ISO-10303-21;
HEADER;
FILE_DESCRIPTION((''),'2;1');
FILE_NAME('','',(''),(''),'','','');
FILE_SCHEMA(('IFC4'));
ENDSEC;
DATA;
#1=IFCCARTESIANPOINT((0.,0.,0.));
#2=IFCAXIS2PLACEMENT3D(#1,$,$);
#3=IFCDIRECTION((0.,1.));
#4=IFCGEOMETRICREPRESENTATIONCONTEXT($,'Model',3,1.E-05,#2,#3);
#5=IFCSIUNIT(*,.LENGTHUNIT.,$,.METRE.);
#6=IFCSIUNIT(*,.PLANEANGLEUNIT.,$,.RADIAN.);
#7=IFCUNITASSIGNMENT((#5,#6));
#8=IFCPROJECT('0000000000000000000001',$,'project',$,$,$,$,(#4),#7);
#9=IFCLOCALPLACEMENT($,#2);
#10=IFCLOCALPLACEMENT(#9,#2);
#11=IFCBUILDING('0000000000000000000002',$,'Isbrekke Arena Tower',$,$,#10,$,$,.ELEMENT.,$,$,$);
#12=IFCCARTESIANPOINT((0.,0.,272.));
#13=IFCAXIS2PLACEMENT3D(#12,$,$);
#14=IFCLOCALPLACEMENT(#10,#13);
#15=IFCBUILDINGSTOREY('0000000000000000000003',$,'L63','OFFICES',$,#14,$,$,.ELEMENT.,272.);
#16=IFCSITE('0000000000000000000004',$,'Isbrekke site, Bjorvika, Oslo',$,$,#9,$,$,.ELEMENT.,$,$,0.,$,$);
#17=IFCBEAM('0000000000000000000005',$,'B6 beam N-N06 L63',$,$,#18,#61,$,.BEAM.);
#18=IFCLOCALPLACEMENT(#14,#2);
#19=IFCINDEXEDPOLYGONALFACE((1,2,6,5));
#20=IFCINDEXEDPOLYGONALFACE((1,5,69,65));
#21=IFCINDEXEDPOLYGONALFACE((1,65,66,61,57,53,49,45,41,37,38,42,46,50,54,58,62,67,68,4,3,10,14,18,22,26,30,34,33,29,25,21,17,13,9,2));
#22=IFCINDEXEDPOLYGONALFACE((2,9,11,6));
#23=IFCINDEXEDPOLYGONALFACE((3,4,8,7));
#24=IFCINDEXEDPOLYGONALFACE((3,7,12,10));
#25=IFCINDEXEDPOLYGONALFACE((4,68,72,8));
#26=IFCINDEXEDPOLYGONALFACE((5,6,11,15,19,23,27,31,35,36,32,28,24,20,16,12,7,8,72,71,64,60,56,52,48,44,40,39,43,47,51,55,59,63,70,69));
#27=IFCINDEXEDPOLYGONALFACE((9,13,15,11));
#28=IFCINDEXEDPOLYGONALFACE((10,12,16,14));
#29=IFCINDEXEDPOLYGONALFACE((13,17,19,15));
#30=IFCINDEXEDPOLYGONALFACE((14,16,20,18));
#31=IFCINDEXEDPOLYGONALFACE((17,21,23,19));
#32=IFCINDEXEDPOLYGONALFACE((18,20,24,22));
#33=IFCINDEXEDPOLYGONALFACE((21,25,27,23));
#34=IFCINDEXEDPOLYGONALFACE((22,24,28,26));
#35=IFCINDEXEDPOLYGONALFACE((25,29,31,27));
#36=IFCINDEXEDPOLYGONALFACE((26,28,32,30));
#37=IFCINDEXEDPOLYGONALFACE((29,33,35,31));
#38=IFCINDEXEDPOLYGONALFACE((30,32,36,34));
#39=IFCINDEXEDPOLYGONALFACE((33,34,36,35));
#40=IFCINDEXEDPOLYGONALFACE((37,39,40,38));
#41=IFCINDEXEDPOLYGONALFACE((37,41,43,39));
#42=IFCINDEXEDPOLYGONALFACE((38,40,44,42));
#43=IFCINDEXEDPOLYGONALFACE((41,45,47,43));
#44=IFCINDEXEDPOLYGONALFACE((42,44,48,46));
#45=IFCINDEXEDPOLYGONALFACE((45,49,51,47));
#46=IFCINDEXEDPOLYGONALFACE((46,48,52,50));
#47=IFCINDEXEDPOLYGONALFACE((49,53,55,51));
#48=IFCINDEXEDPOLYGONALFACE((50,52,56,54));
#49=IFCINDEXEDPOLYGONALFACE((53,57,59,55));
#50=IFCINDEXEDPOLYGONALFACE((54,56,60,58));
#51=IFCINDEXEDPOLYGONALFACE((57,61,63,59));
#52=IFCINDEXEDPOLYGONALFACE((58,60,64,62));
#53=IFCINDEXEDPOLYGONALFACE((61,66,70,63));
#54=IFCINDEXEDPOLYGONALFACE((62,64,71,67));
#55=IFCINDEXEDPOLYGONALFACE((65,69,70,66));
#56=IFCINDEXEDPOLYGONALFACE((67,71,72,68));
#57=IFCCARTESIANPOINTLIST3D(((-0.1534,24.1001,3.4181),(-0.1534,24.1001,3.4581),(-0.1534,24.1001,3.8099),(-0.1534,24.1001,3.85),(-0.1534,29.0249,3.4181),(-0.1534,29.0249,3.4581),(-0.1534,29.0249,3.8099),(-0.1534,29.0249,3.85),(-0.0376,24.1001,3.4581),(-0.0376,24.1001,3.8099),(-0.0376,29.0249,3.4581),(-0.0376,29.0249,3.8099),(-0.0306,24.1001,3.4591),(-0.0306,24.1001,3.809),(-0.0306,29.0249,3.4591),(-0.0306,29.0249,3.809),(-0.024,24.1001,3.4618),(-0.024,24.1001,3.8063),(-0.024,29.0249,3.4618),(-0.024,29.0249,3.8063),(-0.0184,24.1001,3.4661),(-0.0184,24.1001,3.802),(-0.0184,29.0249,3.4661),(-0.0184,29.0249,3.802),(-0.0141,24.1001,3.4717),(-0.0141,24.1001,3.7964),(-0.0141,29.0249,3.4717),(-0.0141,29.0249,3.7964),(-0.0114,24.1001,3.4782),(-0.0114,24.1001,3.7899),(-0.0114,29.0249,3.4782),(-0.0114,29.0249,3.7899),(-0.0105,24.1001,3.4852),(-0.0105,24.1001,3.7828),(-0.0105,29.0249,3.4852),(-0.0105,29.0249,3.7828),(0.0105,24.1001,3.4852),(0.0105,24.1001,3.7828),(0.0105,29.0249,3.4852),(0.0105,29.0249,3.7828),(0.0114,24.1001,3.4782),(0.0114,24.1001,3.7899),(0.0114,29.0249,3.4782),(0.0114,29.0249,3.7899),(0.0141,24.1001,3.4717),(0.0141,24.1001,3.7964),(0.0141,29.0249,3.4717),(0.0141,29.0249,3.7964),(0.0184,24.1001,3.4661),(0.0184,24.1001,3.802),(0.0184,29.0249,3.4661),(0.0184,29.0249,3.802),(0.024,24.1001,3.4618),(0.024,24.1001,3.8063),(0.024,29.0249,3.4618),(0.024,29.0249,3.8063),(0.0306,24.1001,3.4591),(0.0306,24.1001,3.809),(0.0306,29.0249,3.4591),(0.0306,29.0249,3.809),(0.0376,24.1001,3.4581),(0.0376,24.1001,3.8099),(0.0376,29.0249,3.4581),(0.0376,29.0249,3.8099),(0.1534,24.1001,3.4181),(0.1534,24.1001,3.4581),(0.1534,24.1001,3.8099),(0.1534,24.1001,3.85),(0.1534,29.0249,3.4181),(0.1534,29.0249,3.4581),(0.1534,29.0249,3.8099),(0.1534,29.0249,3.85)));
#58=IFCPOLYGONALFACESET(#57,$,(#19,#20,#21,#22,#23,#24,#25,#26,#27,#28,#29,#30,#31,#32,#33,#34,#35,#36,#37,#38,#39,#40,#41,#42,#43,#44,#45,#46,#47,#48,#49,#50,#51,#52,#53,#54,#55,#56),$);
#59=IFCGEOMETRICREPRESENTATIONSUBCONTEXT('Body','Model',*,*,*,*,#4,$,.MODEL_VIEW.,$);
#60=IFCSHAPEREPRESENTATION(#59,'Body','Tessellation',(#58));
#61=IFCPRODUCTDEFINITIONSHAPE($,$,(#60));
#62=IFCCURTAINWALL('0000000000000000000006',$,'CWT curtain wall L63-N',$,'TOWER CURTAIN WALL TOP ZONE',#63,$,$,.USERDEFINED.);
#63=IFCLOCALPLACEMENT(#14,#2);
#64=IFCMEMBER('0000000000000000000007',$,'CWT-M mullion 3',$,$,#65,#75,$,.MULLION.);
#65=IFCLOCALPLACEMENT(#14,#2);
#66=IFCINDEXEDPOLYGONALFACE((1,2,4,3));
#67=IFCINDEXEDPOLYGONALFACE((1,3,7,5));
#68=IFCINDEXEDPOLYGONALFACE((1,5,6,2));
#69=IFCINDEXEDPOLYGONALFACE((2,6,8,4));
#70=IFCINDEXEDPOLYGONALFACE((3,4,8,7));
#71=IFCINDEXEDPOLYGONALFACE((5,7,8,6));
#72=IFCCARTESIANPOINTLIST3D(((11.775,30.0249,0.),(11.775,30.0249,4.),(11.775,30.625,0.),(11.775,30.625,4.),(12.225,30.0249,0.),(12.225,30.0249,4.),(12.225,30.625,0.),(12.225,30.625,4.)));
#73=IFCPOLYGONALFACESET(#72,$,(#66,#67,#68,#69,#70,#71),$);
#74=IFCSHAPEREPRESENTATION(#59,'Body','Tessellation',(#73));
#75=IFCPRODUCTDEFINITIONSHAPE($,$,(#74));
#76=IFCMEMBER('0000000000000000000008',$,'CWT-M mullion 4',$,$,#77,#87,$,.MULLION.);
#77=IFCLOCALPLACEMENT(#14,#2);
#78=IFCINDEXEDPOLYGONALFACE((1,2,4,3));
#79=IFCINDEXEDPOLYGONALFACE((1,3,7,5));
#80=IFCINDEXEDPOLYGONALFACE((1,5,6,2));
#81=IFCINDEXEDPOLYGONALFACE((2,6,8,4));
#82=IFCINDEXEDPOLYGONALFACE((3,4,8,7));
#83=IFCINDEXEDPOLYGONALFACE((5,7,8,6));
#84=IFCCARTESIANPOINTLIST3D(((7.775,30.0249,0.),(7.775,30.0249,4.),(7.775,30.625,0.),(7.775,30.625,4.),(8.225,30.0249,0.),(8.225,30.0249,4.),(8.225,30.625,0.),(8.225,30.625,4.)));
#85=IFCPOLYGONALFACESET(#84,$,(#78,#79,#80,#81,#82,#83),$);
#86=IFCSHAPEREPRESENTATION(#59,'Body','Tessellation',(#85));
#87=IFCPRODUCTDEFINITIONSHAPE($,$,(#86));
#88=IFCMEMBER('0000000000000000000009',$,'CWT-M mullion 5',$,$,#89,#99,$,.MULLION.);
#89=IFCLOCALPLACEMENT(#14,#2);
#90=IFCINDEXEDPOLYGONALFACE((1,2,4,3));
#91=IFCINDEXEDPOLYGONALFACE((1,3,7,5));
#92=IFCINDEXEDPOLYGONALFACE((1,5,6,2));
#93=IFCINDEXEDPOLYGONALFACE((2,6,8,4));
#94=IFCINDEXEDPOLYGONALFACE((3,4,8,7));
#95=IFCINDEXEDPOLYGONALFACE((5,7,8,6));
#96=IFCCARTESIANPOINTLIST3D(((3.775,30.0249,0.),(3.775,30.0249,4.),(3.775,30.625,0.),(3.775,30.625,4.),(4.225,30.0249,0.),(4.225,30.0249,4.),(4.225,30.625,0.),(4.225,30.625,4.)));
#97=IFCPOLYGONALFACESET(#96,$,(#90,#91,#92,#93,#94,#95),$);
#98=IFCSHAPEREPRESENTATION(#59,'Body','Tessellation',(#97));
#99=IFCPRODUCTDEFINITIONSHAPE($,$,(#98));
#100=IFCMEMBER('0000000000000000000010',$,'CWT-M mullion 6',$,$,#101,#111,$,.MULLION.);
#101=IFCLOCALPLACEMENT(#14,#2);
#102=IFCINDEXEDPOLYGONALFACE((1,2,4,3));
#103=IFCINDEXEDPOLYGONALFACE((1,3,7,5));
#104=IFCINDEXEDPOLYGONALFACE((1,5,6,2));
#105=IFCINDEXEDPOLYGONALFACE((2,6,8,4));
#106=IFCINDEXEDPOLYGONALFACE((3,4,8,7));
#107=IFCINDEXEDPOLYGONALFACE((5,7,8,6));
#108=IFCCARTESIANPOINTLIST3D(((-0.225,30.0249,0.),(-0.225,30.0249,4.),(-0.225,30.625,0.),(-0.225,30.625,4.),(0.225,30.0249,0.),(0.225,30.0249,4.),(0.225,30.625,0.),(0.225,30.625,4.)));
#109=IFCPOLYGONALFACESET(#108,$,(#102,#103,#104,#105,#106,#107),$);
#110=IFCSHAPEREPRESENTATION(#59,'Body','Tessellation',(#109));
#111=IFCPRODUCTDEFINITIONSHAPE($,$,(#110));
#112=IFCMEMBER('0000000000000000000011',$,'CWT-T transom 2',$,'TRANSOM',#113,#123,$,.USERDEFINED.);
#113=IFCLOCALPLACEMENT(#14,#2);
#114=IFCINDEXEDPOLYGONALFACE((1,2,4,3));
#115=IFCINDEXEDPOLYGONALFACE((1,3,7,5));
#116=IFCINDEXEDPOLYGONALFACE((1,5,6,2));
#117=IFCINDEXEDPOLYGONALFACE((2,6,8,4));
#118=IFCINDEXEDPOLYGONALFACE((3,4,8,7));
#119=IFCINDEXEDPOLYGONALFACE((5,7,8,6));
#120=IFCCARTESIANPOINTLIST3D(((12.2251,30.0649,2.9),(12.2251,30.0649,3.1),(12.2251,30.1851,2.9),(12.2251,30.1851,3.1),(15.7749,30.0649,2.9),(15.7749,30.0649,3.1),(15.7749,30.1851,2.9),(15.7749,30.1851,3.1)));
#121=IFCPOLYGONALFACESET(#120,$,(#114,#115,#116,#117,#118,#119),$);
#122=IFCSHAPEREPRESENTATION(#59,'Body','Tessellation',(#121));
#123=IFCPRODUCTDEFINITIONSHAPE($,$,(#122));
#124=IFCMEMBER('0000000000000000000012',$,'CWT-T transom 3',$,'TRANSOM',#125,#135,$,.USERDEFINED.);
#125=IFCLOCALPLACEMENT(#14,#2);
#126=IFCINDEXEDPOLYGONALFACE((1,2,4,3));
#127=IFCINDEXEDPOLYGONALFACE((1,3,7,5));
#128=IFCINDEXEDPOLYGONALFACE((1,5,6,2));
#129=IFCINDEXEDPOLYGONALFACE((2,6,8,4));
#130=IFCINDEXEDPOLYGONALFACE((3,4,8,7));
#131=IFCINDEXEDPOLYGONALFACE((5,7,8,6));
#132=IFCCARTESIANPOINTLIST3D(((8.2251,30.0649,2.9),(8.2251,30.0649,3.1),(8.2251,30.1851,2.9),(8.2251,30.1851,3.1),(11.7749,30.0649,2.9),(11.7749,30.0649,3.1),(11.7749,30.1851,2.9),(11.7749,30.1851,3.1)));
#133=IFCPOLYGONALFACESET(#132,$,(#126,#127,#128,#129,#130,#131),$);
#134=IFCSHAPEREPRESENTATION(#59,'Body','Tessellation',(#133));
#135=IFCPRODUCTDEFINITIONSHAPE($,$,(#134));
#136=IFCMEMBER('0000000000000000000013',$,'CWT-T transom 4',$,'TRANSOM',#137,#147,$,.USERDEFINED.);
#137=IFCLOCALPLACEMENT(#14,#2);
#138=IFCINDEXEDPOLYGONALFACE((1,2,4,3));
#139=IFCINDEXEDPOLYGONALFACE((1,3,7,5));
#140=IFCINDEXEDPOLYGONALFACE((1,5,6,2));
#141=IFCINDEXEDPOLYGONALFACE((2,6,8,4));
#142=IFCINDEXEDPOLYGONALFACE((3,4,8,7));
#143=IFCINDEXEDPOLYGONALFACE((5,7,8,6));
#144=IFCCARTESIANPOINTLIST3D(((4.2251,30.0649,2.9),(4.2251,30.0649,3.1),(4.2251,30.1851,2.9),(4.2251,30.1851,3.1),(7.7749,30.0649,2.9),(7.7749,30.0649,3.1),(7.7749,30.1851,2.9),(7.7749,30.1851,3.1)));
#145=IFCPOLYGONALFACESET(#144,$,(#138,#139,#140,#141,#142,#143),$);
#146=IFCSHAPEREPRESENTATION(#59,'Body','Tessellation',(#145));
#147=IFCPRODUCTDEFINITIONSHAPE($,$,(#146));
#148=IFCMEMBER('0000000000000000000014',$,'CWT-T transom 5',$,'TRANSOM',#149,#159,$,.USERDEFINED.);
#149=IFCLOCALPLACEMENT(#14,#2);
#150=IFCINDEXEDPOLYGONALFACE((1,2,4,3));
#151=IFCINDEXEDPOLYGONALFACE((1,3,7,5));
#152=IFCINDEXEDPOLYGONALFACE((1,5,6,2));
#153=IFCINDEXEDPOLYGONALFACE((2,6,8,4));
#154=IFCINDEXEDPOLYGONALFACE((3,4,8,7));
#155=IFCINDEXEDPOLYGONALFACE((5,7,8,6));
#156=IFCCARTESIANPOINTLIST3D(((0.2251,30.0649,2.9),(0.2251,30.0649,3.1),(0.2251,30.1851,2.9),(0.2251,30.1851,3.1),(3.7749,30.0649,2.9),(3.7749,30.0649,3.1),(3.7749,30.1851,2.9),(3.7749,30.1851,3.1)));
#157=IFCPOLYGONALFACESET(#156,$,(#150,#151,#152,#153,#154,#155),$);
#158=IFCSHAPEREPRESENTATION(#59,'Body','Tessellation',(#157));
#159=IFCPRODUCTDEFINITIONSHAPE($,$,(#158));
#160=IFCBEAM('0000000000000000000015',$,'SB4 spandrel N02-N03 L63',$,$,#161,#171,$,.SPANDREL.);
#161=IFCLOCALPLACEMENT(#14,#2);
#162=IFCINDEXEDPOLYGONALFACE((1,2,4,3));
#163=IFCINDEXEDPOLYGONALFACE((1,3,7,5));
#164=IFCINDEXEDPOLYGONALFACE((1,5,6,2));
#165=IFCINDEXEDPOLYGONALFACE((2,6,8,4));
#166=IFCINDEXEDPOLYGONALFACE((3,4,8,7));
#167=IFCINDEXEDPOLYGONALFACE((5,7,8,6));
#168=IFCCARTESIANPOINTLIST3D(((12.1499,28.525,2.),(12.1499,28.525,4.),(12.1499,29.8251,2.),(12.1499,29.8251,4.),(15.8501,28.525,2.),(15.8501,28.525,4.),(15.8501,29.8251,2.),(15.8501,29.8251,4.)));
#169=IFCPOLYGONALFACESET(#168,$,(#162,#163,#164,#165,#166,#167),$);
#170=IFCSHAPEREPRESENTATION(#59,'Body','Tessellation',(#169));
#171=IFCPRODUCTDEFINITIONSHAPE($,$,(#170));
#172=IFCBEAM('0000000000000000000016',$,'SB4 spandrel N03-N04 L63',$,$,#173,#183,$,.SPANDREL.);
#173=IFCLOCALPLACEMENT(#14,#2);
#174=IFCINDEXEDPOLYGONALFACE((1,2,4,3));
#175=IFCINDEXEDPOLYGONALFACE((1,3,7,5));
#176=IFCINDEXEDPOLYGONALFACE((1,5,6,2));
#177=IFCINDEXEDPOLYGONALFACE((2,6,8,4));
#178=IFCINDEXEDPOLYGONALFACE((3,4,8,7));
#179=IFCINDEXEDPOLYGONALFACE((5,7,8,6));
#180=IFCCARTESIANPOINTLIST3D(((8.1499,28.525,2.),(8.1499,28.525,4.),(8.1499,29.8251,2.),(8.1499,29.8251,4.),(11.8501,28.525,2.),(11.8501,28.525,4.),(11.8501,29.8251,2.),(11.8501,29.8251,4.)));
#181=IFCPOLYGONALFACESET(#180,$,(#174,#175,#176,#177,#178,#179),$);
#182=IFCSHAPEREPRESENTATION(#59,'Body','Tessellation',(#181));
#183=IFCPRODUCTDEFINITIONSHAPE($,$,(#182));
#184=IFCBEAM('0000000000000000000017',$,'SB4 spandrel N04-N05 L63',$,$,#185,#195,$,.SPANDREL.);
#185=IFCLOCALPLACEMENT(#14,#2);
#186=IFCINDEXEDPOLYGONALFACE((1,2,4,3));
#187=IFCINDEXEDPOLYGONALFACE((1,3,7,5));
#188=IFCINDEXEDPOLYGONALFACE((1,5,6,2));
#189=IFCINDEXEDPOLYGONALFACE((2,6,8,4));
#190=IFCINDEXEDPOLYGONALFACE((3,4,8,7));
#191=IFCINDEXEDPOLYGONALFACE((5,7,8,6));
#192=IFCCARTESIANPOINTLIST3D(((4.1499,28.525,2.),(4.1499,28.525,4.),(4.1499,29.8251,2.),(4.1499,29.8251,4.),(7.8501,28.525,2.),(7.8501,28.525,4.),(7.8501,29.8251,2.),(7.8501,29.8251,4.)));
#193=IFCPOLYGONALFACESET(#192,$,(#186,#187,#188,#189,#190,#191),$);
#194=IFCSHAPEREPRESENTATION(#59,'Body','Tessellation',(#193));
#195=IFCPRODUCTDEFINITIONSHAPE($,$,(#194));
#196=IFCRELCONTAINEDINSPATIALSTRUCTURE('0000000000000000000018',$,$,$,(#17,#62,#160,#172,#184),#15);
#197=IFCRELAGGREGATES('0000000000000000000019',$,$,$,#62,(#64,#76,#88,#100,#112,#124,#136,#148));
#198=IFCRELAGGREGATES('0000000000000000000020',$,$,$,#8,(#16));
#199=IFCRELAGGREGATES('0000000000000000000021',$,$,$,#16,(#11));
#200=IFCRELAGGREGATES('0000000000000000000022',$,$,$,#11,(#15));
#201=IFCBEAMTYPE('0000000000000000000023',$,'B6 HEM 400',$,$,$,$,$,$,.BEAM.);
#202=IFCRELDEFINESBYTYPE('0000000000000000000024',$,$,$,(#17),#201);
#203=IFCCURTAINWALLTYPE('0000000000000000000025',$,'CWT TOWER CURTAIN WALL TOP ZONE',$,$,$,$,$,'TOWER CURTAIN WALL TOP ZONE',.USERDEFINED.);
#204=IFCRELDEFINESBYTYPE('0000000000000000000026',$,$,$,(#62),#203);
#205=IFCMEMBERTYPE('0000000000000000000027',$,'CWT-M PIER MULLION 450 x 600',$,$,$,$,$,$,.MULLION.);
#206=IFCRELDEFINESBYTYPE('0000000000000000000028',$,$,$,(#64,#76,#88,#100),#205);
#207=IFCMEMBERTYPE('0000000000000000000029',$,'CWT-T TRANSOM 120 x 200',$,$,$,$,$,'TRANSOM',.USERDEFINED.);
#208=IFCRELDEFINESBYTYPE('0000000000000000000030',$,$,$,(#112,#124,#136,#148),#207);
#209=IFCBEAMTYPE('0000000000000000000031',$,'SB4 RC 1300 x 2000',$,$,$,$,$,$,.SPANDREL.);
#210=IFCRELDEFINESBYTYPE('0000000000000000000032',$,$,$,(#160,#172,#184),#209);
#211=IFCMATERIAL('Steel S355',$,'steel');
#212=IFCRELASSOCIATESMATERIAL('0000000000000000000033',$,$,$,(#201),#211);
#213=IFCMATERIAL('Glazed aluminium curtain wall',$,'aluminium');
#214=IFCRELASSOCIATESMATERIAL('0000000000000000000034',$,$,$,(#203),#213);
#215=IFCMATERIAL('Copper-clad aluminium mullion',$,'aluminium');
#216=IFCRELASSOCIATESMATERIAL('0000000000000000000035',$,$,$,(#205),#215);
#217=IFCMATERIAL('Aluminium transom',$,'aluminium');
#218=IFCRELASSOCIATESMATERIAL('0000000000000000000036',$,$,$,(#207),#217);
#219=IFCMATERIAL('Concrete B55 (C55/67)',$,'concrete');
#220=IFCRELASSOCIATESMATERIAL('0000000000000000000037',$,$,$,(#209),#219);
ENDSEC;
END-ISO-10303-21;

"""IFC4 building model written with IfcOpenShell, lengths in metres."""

from ifc_helpers import new_model, si_unit, direction, frame, origin, origin_2d, place, context, subcontext, project, spatial, rectangle, i_section, extrude, material, material_profile, profile_set, type_object, element, aggregate, save


model = new_model("IFC4")

# Units and contexts
model_context = context("Model", 3, precision=1e-05, world=origin(), true_north=direction((0.0, 1.0)))
body_context = subcontext(model_context, "Body", "Model", "MODEL_VIEW")
ifc_project = project(units=[si_unit("LENGTHUNIT", "METRE"), si_unit("PLANEANGLEUNIT", "RADIAN")], contexts=[model_context])

# Site, building, storey
site_placement = place(None, origin())
site = spatial("IfcSite", under=ifc_project, at=site_placement, Name="Isbrekke site, Bjorvika, Oslo", CompositionType="ELEMENT", RefElevation=0.0)
building_placement = place(site_placement, origin())
building = spatial("IfcBuilding", under=site, at=building_placement, Name="Isbrekke Arena Tower", CompositionType="ELEMENT")
storey_placement = place(building_placement, frame((0.0, 0.0, 272.0)))
storey = spatial("IfcBuildingStorey", under=building, at=storey_placement, Name="L63", Description="OFFICES", CompositionType="ELEMENT", Elevation=272.0)

# Beam
ifc_material_1 = material(Name="Steel S355", Category="steel")
ifc_material_profile_1 = material_profile(ifc_material_1, i_section(OverallWidth=0.3069, OverallDepth=0.4319, WebThickness=0.021, FlangeThickness=0.04, FilletRadius=0.0271, at=origin_2d()), Name="HEM 400")
ifc_profile_set_1 = profile_set([ifc_material_profile_1], Name="Steel S355")
beam_type_1 = type_object("IfcBeamType", Name="B6 HEM 400", PredefinedType="BEAM", material=ifc_profile_set_1)
beam_1_placement = place(storey_placement, frame((0.0, 29.0249, 3.634), z_axis=(0.0, -1.0, 0.0), x_axis=(1.0, 0.0, 0.0)))
element("IfcBeam", 1, at=beam_1_placement, inside=storey, type_object=beam_type_1, Name="B6 beam N-N06 L63", PredefinedType="BEAM", context=body_context, shape_type="SweptSolid", body=[
    extrude(i_section(OverallWidth=0.3069, OverallDepth=0.4319, WebThickness=0.021, FlangeThickness=0.04, FilletRadius=0.0271, at=origin_2d()), origin(), (0.0, 0.0, 1.0), 4.9248),
])

# Curtain wall, members
ifc_material_2 = material(Name="Glazed aluminium curtain wall", Category="aluminium")
curtain_wall_type = type_object("IfcCurtainWallType", Name="CWT TOWER CURTAIN WALL TOP ZONE", ElementType="TOWER CURTAIN WALL TOP ZONE", PredefinedType="USERDEFINED", material=ifc_material_2)
curtain_wall_placement = place(storey_placement, origin())
curtain_wall = element("IfcCurtainWall", 2, at=curtain_wall_placement, inside=storey, type_object=curtain_wall_type, Name="CWT curtain wall L63-N", ObjectType="TOWER CURTAIN WALL TOP ZONE", PredefinedType="USERDEFINED")
ifc_material_3 = material(Name="Copper-clad aluminium mullion", Category="aluminium")
ifc_material_profile_2 = material_profile(ifc_material_3, rectangle(XDim=0.45, YDim=0.6001, at=origin_2d()), Name="PIER 450X600")
ifc_profile_set_2 = profile_set([ifc_material_profile_2], Name="Copper-clad aluminium mullion")
member_type_1 = type_object("IfcMemberType", Name="CWT-M PIER MULLION 450 x 600", PredefinedType="MULLION", material=ifc_profile_set_2)
member_1_placement = place(storey_placement, frame((12.0, 30.325, 0.0), z_axis=(0.0, 0.0, 1.0), x_axis=(-1.0, 0.0, 0.0)))
member_1 = element("IfcMember", 3, at=member_1_placement, type_object=member_type_1, Name="CWT-M mullion 3", PredefinedType="MULLION", context=body_context, shape_type="SweptSolid", body=[
    extrude(rectangle(XDim=0.45, YDim=0.6001, at=origin_2d()), origin(), (0.0, 0.0, 1.0), 4.0),
])
member_2_placement = place(storey_placement, frame((8.0, 30.325, 0.0), z_axis=(0.0, 0.0, 1.0), x_axis=(-1.0, 0.0, 0.0)))
member_2 = element("IfcMember", 4, at=member_2_placement, type_object=member_type_1, Name="CWT-M mullion 4", PredefinedType="MULLION", context=body_context, shape_type="SweptSolid", body=[
    extrude(rectangle(XDim=0.45, YDim=0.6001, at=origin_2d()), origin(), (0.0, 0.0, 1.0), 4.0),
])
member_3_placement = place(storey_placement, frame((4.0, 30.325, 0.0), z_axis=(0.0, 0.0, 1.0), x_axis=(-1.0, 0.0, 0.0)))
member_3 = element("IfcMember", 5, at=member_3_placement, type_object=member_type_1, Name="CWT-M mullion 5", PredefinedType="MULLION", context=body_context, shape_type="SweptSolid", body=[
    extrude(rectangle(XDim=0.45, YDim=0.6001, at=origin_2d()), origin(), (0.0, 0.0, 1.0), 4.0),
])
member_4_placement = place(storey_placement, frame((0.0, 30.325, 0.0), z_axis=(0.0, 0.0, 1.0), x_axis=(-1.0, 0.0, 0.0)))
member_4 = element("IfcMember", 6, at=member_4_placement, type_object=member_type_1, Name="CWT-M mullion 6", PredefinedType="MULLION", context=body_context, shape_type="SweptSolid", body=[
    extrude(rectangle(XDim=0.45, YDim=0.6001, at=origin_2d()), origin(), (0.0, 0.0, 1.0), 4.0),
])
ifc_material_4 = material(Name="Aluminium transom", Category="aluminium")
ifc_material_profile_3 = material_profile(ifc_material_4, rectangle(XDim=0.1201, YDim=0.2, at=origin_2d()), Name="TRANSOM 120X200")
ifc_profile_set_3 = profile_set([ifc_material_profile_3], Name="Aluminium transom")
member_type_2 = type_object("IfcMemberType", Name="CWT-T TRANSOM 120 x 200", ElementType="TRANSOM", PredefinedType="USERDEFINED", material=ifc_profile_set_3)
member_5_placement = place(storey_placement, frame((15.7749, 30.125, 3.0), z_axis=(-1.0, 0.0, 0.0), x_axis=(0.0, -1.0, 0.0)))
member_5 = element("IfcMember", 7, at=member_5_placement, type_object=member_type_2, Name="CWT-T transom 2", ObjectType="TRANSOM", PredefinedType="USERDEFINED", context=body_context, shape_type="SweptSolid", body=[
    extrude(rectangle(XDim=0.1201, YDim=0.2, at=origin_2d()), origin(), (0.0, 0.0, 1.0), 3.5498),
])
member_6_placement = place(storey_placement, frame((11.7749, 30.125, 3.0), z_axis=(-1.0, 0.0, 0.0), x_axis=(0.0, -1.0, 0.0)))
member_6 = element("IfcMember", 8, at=member_6_placement, type_object=member_type_2, Name="CWT-T transom 3", ObjectType="TRANSOM", PredefinedType="USERDEFINED", context=body_context, shape_type="SweptSolid", body=[
    extrude(rectangle(XDim=0.1201, YDim=0.2, at=origin_2d()), origin(), (0.0, 0.0, 1.0), 3.5498),
])
member_7_placement = place(storey_placement, frame((7.7749, 30.125, 3.0), z_axis=(-1.0, 0.0, 0.0), x_axis=(0.0, -1.0, 0.0)))
member_7 = element("IfcMember", 9, at=member_7_placement, type_object=member_type_2, Name="CWT-T transom 4", ObjectType="TRANSOM", PredefinedType="USERDEFINED", context=body_context, shape_type="SweptSolid", body=[
    extrude(rectangle(XDim=0.1201, YDim=0.2, at=origin_2d()), origin(), (0.0, 0.0, 1.0), 3.5498),
])
member_8_placement = place(storey_placement, frame((3.7749, 30.125, 3.0), z_axis=(-1.0, 0.0, 0.0), x_axis=(0.0, -1.0, 0.0)))
member_8 = element("IfcMember", 10, at=member_8_placement, type_object=member_type_2, Name="CWT-T transom 5", ObjectType="TRANSOM", PredefinedType="USERDEFINED", context=body_context, shape_type="SweptSolid", body=[
    extrude(rectangle(XDim=0.1201, YDim=0.2, at=origin_2d()), origin(), (0.0, 0.0, 1.0), 3.5498),
])

# Beams
ifc_material_5 = material(Name="Concrete B55 (C55/67)", Category="concrete")
ifc_material_profile_4 = material_profile(ifc_material_5, rectangle(XDim=1.3, YDim=2.0, at=origin_2d()), Name="RC 1300x2000")
ifc_profile_set_4 = profile_set([ifc_material_profile_4], Name="Concrete B55 (C55/67)")
beam_type_2 = type_object("IfcBeamType", Name="SB4 RC 1300 x 2000", PredefinedType="SPANDREL", material=ifc_profile_set_4)
for number, where, z_axis, x_axis, name in (
    (11, (15.8501, 29.175, 3.0), (-1.0, 0.0, 0.0), (0.0, -1.0, 0.0), "SB4 spandrel N02-N03 L63"),
    (12, (11.8501, 29.175, 3.0), (-1.0, 0.0, 0.0), (0.0, -1.0, 0.0), "SB4 spandrel N03-N04 L63"),
    (13, (7.8501, 29.175, 3.0), (-1.0, 0.0, 0.0), (0.0, -1.0, 0.0), "SB4 spandrel N04-N05 L63"),
):
    element("IfcBeam", number, at=place(storey_placement, frame(where, z_axis=z_axis, x_axis=x_axis)), inside=storey, type_object=beam_type_2, Name=name, PredefinedType="SPANDREL", context=body_context, shape_type="SweptSolid", body=[
        extrude(rectangle(XDim=1.3, YDim=2.0, at=origin_2d()), origin(), (0.0, 0.0, 1.0), 3.7002),
    ])

aggregate(curtain_wall, [member_1, member_2, member_3, member_4, member_5, member_6, member_7, member_8])

save(model, "model.ifc")
